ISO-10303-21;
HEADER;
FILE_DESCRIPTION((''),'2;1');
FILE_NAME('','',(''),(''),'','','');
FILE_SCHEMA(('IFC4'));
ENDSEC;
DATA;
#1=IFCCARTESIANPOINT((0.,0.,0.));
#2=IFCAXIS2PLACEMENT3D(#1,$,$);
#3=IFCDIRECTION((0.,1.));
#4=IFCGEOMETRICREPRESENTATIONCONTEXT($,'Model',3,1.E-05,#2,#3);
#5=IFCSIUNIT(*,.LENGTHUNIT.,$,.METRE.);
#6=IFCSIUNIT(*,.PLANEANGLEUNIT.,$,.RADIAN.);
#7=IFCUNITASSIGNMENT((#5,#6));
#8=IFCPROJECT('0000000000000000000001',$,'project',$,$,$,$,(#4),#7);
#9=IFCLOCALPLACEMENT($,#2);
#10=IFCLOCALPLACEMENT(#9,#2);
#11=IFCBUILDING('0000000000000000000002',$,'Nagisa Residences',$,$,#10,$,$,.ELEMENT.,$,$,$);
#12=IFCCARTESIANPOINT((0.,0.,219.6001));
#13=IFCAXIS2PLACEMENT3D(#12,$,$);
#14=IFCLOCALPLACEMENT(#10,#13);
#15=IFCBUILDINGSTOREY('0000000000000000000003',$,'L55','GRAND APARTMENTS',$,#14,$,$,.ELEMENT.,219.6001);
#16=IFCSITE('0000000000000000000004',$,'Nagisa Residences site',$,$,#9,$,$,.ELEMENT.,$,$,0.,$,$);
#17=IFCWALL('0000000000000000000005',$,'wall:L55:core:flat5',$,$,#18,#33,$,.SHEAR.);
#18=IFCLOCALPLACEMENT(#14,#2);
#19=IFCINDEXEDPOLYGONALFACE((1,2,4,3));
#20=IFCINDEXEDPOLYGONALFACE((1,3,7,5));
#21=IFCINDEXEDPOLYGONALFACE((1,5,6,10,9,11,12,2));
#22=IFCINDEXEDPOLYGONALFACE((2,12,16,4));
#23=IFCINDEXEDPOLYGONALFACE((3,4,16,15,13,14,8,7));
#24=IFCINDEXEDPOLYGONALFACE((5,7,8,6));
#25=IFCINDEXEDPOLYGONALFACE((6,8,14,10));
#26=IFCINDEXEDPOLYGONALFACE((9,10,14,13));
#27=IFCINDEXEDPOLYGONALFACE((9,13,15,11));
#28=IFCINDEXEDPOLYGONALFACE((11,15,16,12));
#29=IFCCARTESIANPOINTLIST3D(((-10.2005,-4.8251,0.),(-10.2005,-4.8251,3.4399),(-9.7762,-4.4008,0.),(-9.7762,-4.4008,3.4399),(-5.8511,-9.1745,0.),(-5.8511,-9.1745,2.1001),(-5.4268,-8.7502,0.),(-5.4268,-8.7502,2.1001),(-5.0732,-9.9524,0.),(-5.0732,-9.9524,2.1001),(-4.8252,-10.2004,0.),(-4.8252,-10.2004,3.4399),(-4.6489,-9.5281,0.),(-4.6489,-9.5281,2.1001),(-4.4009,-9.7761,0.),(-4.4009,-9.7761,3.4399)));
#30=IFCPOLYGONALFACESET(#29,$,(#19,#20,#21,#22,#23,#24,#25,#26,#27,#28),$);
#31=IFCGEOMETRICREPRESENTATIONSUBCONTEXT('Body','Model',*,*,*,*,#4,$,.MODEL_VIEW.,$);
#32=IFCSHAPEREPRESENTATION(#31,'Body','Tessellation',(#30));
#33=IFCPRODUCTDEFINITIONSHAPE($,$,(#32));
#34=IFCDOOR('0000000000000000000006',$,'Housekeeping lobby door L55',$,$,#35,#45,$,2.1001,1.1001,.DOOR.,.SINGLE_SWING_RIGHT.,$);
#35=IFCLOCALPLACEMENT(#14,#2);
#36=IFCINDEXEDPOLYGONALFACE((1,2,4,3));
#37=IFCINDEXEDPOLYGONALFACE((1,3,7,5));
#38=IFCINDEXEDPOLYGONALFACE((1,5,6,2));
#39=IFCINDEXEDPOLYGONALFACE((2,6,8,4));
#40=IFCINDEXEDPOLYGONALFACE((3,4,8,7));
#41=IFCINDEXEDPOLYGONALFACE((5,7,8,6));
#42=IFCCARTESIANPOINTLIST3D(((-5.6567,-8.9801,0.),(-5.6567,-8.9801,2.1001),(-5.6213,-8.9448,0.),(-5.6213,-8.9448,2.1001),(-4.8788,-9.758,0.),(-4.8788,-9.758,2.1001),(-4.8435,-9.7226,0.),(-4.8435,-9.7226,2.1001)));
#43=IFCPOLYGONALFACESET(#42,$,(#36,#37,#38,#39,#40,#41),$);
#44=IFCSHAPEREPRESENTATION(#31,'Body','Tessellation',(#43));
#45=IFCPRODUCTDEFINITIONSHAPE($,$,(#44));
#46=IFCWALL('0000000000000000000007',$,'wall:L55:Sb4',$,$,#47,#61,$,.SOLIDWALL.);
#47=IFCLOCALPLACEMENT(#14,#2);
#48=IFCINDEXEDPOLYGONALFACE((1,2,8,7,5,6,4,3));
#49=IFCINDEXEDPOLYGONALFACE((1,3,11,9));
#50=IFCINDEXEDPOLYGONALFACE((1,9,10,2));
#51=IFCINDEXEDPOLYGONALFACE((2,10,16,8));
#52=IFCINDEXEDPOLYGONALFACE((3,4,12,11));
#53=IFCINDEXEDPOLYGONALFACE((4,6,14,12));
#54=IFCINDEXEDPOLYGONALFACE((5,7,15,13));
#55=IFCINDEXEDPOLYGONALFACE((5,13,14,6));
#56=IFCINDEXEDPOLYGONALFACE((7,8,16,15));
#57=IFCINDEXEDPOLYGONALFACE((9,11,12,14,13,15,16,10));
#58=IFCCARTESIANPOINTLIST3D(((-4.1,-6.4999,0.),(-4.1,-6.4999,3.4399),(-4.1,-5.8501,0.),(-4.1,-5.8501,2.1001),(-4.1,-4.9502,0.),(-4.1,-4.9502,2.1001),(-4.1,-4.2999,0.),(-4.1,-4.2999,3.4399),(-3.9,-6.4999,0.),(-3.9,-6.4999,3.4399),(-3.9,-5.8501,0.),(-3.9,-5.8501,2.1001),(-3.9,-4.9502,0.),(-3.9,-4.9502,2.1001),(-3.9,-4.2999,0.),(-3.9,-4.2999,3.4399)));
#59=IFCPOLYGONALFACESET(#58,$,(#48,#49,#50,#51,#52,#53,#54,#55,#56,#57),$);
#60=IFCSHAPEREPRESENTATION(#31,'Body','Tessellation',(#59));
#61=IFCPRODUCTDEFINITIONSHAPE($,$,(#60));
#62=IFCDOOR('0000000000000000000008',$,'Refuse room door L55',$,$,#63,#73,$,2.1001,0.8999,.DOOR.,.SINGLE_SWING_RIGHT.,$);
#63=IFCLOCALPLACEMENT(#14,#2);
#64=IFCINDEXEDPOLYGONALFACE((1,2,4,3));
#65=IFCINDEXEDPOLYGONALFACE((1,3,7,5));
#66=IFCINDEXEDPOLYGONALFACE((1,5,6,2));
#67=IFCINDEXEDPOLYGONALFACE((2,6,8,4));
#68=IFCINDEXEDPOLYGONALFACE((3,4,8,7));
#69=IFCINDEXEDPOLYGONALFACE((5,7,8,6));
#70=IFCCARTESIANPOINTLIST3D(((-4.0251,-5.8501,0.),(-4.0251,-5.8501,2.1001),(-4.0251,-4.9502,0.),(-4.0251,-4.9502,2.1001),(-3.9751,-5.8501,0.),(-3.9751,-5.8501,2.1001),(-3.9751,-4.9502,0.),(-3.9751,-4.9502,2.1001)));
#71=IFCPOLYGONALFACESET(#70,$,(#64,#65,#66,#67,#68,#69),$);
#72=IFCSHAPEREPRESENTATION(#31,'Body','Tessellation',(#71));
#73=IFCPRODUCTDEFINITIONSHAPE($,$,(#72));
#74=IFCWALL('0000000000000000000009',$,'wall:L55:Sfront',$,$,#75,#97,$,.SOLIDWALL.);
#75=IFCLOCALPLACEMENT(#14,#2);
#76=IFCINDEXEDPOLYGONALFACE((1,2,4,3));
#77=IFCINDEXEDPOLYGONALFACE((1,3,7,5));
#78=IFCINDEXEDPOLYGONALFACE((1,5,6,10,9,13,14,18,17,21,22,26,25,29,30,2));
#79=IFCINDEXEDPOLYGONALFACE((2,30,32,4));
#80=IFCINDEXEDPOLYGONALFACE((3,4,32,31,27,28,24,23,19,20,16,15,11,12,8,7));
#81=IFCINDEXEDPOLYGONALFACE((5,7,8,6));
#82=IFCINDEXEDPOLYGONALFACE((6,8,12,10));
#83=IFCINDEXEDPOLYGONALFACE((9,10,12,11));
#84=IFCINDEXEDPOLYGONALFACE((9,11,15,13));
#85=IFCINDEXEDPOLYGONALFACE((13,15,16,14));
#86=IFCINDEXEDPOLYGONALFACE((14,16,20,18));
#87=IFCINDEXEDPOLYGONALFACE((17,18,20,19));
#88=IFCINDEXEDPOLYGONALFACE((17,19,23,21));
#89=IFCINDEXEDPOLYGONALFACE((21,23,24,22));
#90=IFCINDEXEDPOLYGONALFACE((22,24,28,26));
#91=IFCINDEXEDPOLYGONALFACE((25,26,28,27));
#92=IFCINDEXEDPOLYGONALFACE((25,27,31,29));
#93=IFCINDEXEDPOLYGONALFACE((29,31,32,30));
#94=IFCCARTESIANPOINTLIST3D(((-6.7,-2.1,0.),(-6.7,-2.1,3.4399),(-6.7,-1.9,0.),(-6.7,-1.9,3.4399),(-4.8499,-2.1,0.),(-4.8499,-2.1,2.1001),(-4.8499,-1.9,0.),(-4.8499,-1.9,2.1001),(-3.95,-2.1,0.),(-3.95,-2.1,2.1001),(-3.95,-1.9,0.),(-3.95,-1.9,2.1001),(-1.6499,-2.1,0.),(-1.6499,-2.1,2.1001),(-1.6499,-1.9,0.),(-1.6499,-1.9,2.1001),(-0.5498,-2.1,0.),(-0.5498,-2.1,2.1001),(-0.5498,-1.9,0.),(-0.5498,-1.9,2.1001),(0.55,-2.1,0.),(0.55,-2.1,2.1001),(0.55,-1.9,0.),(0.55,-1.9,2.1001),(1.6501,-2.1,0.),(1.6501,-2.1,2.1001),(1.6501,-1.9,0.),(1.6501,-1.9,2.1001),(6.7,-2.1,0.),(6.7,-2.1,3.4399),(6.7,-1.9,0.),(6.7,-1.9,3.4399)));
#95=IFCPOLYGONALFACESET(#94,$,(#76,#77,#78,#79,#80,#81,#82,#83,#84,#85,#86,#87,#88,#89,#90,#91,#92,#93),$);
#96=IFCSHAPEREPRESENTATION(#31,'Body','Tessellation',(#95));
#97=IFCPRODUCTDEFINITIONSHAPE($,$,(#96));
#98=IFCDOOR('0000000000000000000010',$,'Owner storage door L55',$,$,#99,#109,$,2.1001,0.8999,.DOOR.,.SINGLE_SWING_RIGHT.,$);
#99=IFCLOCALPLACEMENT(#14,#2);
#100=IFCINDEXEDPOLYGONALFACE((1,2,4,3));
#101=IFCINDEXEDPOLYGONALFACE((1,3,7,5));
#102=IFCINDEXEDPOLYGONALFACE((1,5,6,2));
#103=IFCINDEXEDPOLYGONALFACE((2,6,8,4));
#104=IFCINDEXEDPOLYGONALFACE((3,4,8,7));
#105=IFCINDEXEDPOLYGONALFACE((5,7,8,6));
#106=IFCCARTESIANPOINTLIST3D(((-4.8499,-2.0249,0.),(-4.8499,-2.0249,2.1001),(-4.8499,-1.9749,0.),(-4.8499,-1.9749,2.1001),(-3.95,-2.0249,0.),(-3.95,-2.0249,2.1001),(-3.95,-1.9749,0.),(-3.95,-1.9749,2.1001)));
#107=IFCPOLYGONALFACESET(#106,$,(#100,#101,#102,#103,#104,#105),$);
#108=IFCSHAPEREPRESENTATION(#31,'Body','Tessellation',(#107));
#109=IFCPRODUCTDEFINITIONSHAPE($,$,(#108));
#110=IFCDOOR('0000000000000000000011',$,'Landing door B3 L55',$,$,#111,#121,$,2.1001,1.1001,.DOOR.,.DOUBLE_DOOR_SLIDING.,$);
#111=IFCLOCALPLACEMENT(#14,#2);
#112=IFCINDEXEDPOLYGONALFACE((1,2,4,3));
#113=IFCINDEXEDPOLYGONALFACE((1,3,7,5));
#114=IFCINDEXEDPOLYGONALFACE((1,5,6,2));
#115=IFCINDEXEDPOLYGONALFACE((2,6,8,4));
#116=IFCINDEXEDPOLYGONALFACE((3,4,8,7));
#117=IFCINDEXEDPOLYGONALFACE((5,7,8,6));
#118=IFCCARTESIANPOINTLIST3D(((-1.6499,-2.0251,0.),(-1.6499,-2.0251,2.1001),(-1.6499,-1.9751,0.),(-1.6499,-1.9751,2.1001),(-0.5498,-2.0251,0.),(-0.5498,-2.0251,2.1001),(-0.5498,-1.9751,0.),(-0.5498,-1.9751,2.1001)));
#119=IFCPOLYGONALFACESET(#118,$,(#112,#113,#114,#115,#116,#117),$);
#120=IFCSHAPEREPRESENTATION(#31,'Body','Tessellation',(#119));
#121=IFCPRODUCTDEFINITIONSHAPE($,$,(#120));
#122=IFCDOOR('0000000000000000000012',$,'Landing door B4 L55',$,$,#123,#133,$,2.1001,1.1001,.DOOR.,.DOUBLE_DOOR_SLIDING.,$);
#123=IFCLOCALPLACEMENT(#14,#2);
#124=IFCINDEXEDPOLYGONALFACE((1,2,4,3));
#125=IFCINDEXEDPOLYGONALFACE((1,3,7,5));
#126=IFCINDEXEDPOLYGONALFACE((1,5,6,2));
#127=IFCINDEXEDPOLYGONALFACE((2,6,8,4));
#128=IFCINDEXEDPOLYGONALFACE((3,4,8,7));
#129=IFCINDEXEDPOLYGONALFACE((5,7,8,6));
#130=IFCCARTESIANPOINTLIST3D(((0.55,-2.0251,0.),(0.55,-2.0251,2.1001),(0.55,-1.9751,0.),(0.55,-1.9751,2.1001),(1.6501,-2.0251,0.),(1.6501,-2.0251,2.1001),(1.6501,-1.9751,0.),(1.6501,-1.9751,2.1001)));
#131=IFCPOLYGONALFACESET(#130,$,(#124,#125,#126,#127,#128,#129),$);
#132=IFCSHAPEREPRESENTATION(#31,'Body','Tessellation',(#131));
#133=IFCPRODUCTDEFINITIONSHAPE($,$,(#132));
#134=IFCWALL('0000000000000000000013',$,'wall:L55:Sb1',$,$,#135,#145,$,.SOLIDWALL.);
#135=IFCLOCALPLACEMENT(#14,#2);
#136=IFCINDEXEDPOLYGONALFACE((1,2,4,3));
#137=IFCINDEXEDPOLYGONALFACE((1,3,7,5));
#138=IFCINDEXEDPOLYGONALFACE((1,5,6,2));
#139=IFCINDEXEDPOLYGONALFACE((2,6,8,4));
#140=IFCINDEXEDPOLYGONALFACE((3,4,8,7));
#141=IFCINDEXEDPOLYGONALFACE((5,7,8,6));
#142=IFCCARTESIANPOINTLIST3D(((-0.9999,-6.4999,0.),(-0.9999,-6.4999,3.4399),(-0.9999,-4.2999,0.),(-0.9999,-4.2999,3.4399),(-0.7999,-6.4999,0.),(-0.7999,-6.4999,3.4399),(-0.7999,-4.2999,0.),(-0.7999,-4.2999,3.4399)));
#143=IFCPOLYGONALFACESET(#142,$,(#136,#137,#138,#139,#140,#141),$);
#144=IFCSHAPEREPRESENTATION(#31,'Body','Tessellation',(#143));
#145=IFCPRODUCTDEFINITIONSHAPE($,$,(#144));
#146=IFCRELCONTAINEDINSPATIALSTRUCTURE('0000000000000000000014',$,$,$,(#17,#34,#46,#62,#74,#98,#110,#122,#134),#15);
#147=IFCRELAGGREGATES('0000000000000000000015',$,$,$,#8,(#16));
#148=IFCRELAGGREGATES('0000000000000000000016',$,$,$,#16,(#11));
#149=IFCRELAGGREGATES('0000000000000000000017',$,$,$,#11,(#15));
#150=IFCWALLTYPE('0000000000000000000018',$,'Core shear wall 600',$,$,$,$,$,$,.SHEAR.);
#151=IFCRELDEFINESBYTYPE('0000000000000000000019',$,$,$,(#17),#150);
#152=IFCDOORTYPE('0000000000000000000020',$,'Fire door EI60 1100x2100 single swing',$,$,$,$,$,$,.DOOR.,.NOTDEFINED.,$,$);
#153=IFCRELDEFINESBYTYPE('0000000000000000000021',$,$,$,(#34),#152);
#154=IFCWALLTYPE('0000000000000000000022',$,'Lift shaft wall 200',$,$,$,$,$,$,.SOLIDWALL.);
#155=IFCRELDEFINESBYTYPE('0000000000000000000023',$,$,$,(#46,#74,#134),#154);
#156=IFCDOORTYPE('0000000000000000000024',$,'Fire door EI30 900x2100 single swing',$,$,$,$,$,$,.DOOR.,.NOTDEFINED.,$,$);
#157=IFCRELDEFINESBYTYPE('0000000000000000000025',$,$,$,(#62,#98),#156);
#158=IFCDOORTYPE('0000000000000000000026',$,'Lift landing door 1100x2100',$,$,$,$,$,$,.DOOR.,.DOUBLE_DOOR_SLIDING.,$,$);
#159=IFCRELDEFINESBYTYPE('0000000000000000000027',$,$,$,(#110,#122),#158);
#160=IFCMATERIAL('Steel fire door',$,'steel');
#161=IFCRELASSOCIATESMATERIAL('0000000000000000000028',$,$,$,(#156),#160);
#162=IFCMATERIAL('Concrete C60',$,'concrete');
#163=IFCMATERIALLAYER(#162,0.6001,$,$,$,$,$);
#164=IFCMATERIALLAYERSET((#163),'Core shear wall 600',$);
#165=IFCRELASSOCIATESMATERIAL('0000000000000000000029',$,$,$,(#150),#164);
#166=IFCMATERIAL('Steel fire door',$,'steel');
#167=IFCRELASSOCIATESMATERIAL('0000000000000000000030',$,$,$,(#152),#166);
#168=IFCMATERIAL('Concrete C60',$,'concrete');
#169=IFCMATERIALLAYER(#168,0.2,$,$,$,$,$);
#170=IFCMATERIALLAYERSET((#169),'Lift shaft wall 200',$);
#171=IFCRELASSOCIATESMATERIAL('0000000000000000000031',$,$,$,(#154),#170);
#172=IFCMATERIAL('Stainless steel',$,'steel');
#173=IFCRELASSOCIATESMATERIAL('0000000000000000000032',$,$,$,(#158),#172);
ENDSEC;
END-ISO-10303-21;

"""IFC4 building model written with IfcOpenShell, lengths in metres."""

from ifc_helpers import new_model, si_unit, direction, frame, frame_2d, origin, place, context, subcontext, project, spatial, rectangle, extrude, material, layer, layer_set, type_object, element, fill, save


model = new_model("IFC4")

# Units and contexts
model_context = context("Model", 3, precision=1e-05, world=origin(), true_north=direction((0.0, 1.0)))
body_context = subcontext(model_context, "Body", "Model", "MODEL_VIEW")
ifc_project = project(units=[si_unit("LENGTHUNIT", "METRE"), si_unit("PLANEANGLEUNIT", "RADIAN")], contexts=[model_context])

# Site, building, storey
site_placement = place(None, origin())
site = spatial("IfcSite", under=ifc_project, at=site_placement, Name="Nagisa Residences site", CompositionType="ELEMENT", RefElevation=0.0)
building_placement = place(site_placement, origin())
building = spatial("IfcBuilding", under=site, at=building_placement, Name="Nagisa Residences", CompositionType="ELEMENT")
storey_placement = place(building_placement, frame((0.0, 0.0, 219.6001)))
storey = spatial("IfcBuildingStorey", under=building, at=storey_placement, Name="L55", Description="GRAND APARTMENTS", CompositionType="ELEMENT", Elevation=219.6001)

# Shared definitions
ifc_material_1 = material(Name="Steel fire door", Category="steel")
door_type_1 = type_object("IfcDoorType", Name="Fire door EI30 900x2100 single swing", OperationType="NOTDEFINED", PredefinedType="DOOR", material=ifc_material_1)

# Walls, openings, doors
ifc_material_2 = material(Name="Concrete C60", Category="concrete")
ifc_layer_1 = layer(ifc_material_2, 0.6001)
ifc_layer_set_1 = layer_set([ifc_layer_1], Name="Core shear wall 600")
wall_type_1 = type_object("IfcWallType", Name="Core shear wall 600", PredefinedType="SHEAR", material=ifc_layer_set_1)
wall_1_placement = place(storey_placement, frame((-9.9883, -4.613, 0.0), z_axis=(0.0, 0.0, 1.0), x_axis=(0.707107, -0.707107, 0.0)))
wall_1 = element("IfcWall", 1, at=wall_1_placement, inside=storey, type_object=wall_type_1, Name="wall:L55:core:flat5", PredefinedType="SHEAR", context=body_context, shape_type="SweptSolid", body=[
    extrude(rectangle(XDim=7.6018, YDim=0.6001, at=frame_2d((3.8008, 0.0))), origin(), (0.0, 0.0, 1.0), 3.4399),
])
opening_1_placement = place(wall_1_placement, frame((6.1509, 0.0, 0.0)))
opening_1 = element("IfcOpeningElement", 2, at=opening_1_placement, cuts=wall_1, PredefinedType="OPENING", context=body_context, shape_type="SweptSolid", body=[
    extrude(rectangle(XDim=1.1001, YDim=2.1001, at=frame_2d((0.55, 1.05))), frame((0.0, 0.3101, 0.0), z_axis=(0.0, -1.0, 0.0), x_axis=(1.0, 0.0, 0.0)), (0.0, 0.0, 1.0), 0.6201),
])
ifc_material_3 = material(Name="Steel fire door", Category="steel")
door_type_2 = type_object("IfcDoorType", Name="Fire door EI60 1100x2100 single swing", OperationType="NOTDEFINED", PredefinedType="DOOR", material=ifc_material_3)
door_1_placement = place(opening_1_placement, origin())
door_1 = element("IfcDoor", 3, at=door_1_placement, inside=storey, type_object=door_type_2, Name="Housekeeping lobby door L55", OperationType="SINGLE_SWING_RIGHT", OverallHeight=2.1001, OverallWidth=1.1001, PredefinedType="DOOR", context=body_context, shape_type="SweptSolid", body=[
    extrude(rectangle(XDim=1.1001, YDim=2.1001, at=frame_2d((0.55, 1.05))), frame((0.0, 0.0249, 0.0), z_axis=(0.0, -1.0, 0.0), x_axis=(1.0, 0.0, 0.0)), (0.0, 0.0, 1.0), 0.05),
])
fill(opening_1, door_1)
ifc_material_4 = material(Name="Concrete C60", Category="concrete")
ifc_layer_2 = layer(ifc_material_4, 0.2)
ifc_layer_set_2 = layer_set([ifc_layer_2], Name="Lift shaft wall 200")
wall_type_2 = type_object("IfcWallType", Name="Lift shaft wall 200", PredefinedType="SOLIDWALL", material=ifc_layer_set_2)
wall_2_placement = place(storey_placement, frame((-4.0, -6.5, 0.0), z_axis=(0.0, 0.0, 1.0), x_axis=(0.0, 1.0, 0.0)))
wall_2 = element("IfcWall", 4, at=wall_2_placement, inside=storey, type_object=wall_type_2, Name="wall:L55:Sb4", PredefinedType="SOLIDWALL", context=body_context, shape_type="SweptSolid", body=[
    extrude(rectangle(XDim=2.2, YDim=0.2, at=frame_2d((1.1001, 0.0))), origin(), (0.0, 0.0, 1.0), 3.4399),
])
opening_2_placement = place(wall_2_placement, frame((0.6499, 0.0, 0.0)))
opening_2 = element("IfcOpeningElement", 5, at=opening_2_placement, cuts=wall_2, PredefinedType="OPENING", context=body_context, shape_type="SweptSolid", body=[
    extrude(rectangle(XDim=0.8999, YDim=2.1001, at=frame_2d((0.45, 1.05))), frame((0.0, 0.1099, 0.0), z_axis=(0.0, -1.0, 0.0), x_axis=(1.0, 0.0, 0.0)), (0.0, 0.0, 1.0), 0.22),
])
door_2_placement = place(opening_2_placement, frame((0.8999, 0.0, 0.0), x_axis=(-1.0, 0.0, 0.0)))
door_2 = element("IfcDoor", 6, at=door_2_placement, inside=storey, type_object=door_type_1, Name="Refuse room door L55", OperationType="SINGLE_SWING_RIGHT", OverallHeight=2.1001, OverallWidth=0.8999, PredefinedType="DOOR", context=body_context, shape_type="SweptSolid", body=[
    extrude(rectangle(XDim=0.8999, YDim=2.1001, at=frame_2d((0.45, 1.05))), frame((0.0, 0.0249, 0.0), z_axis=(0.0, -1.0, 0.0), x_axis=(1.0, 0.0, 0.0)), (0.0, 0.0, 1.0), 0.05),
])
fill(opening_2, door_2)

# Wall, openings, doors
wall_3_placement = place(storey_placement, frame((-6.7, -2.0, 0.0), z_axis=(0.0, 0.0, 1.0), x_axis=(1.0, 0.0, 0.0)))
wall_3 = element("IfcWall", 7, at=wall_3_placement, inside=storey, type_object=wall_type_2, Name="wall:L55:Sfront", PredefinedType="SOLIDWALL", context=body_context, shape_type="SweptSolid", body=[
    extrude(rectangle(XDim=13.3999, YDim=0.2, at=frame_2d((6.7, 0.0))), origin(), (0.0, 0.0, 1.0), 3.4399),
])
opening_3_placement = place(wall_3_placement, frame((5.05, 0.0, 0.0)))
opening_3 = element("IfcOpeningElement", 8, at=opening_3_placement, cuts=wall_3, PredefinedType="OPENING", context=body_context, shape_type="SweptSolid", body=[
    extrude(rectangle(XDim=1.1001, YDim=2.1001, at=frame_2d((0.55, 1.05))), frame((0.0, 0.1099, 0.0), z_axis=(0.0, -1.0, 0.0), x_axis=(1.0, 0.0, 0.0)), (0.0, 0.0, 1.0), 0.22),
])
opening_4_placement = place(wall_3_placement, frame((7.25, 0.0, 0.0)))
opening_4 = element("IfcOpeningElement", 9, at=opening_4_placement, cuts=wall_3, PredefinedType="OPENING", context=body_context, shape_type="SweptSolid", body=[
    extrude(rectangle(XDim=1.1001, YDim=2.1001, at=frame_2d((0.55, 1.05))), frame((0.0, 0.1099, 0.0), z_axis=(0.0, -1.0, 0.0), x_axis=(1.0, 0.0, 0.0)), (0.0, 0.0, 1.0), 0.22),
])
opening_5_placement = place(wall_3_placement, frame((1.8501, 0.0, 0.0)))
opening_5 = element("IfcOpeningElement", 10, at=opening_5_placement, cuts=wall_3, PredefinedType="OPENING", context=body_context, shape_type="SweptSolid", body=[
    extrude(rectangle(XDim=0.8999, YDim=2.1001, at=frame_2d((0.45, 1.05))), frame((0.0, 0.1099, 0.0), z_axis=(0.0, -1.0, 0.0), x_axis=(1.0, 0.0, 0.0)), (0.0, 0.0, 1.0), 0.22),
])
door_3_placement = place(opening_5_placement, frame((0.8999, 0.0, 0.0), x_axis=(-1.0, 0.0, 0.0)))
door_3 = element("IfcDoor", 11, at=door_3_placement, inside=storey, type_object=door_type_1, Name="Owner storage door L55", OperationType="SINGLE_SWING_RIGHT", OverallHeight=2.1001, OverallWidth=0.8999, PredefinedType="DOOR", context=body_context, shape_type="SweptSolid", body=[
    extrude(rectangle(XDim=0.8999, YDim=2.1001, at=frame_2d((0.45, 1.05))), frame((0.0, 0.0249, 0.0), z_axis=(0.0, -1.0, 0.0), x_axis=(1.0, 0.0, 0.0)), (0.0, 0.0, 1.0), 0.05),
])
fill(opening_5, door_3)
ifc_material_5 = material(Name="Stainless steel", Category="steel")
door_type_3 = type_object("IfcDoorType", Name="Lift landing door 1100x2100", OperationType="DOUBLE_DOOR_SLIDING", PredefinedType="DOOR", material=ifc_material_5)
door_4_placement = place(opening_3_placement, origin())
door_4 = element("IfcDoor", 12, at=door_4_placement, inside=storey, type_object=door_type_3, Name="Landing door B3 L55", OperationType="DOUBLE_DOOR_SLIDING", OverallHeight=2.1001, OverallWidth=1.1001, PredefinedType="DOOR", context=body_context, shape_type="SweptSolid", body=[
    extrude(rectangle(XDim=1.1001, YDim=2.1001, at=frame_2d((0.55, 1.05))), frame((0.0, 0.0249, 0.0), z_axis=(0.0, -1.0, 0.0), x_axis=(1.0, 0.0, 0.0)), (0.0, 0.0, 1.0), 0.05),
])
fill(opening_3, door_4)
door_5_placement = place(opening_4_placement, origin())
door_5 = element("IfcDoor", 13, at=door_5_placement, inside=storey, type_object=door_type_3, Name="Landing door B4 L55", OperationType="DOUBLE_DOOR_SLIDING", OverallHeight=2.1001, OverallWidth=1.1001, PredefinedType="DOOR", context=body_context, shape_type="SweptSolid", body=[
    extrude(rectangle(XDim=1.1001, YDim=2.1001, at=frame_2d((0.55, 1.05))), frame((0.0, 0.0249, 0.0), z_axis=(0.0, -1.0, 0.0), x_axis=(1.0, 0.0, 0.0)), (0.0, 0.0, 1.0), 0.05),
])
fill(opening_4, door_5)

# Wall
wall_4_placement = place(storey_placement, frame((-0.8999, -6.5, 0.0), z_axis=(0.0, 0.0, 1.0), x_axis=(0.0, 1.0, 0.0)))
element("IfcWall", 14, at=wall_4_placement, inside=storey, type_object=wall_type_2, Name="wall:L55:Sb1", PredefinedType="SOLIDWALL", context=body_context, shape_type="SweptSolid", body=[
    extrude(rectangle(XDim=2.2, YDim=0.2, at=frame_2d((1.1001, 0.0))), origin(), (0.0, 0.0, 1.0), 3.4399),
])

save(model, "model.ifc")
